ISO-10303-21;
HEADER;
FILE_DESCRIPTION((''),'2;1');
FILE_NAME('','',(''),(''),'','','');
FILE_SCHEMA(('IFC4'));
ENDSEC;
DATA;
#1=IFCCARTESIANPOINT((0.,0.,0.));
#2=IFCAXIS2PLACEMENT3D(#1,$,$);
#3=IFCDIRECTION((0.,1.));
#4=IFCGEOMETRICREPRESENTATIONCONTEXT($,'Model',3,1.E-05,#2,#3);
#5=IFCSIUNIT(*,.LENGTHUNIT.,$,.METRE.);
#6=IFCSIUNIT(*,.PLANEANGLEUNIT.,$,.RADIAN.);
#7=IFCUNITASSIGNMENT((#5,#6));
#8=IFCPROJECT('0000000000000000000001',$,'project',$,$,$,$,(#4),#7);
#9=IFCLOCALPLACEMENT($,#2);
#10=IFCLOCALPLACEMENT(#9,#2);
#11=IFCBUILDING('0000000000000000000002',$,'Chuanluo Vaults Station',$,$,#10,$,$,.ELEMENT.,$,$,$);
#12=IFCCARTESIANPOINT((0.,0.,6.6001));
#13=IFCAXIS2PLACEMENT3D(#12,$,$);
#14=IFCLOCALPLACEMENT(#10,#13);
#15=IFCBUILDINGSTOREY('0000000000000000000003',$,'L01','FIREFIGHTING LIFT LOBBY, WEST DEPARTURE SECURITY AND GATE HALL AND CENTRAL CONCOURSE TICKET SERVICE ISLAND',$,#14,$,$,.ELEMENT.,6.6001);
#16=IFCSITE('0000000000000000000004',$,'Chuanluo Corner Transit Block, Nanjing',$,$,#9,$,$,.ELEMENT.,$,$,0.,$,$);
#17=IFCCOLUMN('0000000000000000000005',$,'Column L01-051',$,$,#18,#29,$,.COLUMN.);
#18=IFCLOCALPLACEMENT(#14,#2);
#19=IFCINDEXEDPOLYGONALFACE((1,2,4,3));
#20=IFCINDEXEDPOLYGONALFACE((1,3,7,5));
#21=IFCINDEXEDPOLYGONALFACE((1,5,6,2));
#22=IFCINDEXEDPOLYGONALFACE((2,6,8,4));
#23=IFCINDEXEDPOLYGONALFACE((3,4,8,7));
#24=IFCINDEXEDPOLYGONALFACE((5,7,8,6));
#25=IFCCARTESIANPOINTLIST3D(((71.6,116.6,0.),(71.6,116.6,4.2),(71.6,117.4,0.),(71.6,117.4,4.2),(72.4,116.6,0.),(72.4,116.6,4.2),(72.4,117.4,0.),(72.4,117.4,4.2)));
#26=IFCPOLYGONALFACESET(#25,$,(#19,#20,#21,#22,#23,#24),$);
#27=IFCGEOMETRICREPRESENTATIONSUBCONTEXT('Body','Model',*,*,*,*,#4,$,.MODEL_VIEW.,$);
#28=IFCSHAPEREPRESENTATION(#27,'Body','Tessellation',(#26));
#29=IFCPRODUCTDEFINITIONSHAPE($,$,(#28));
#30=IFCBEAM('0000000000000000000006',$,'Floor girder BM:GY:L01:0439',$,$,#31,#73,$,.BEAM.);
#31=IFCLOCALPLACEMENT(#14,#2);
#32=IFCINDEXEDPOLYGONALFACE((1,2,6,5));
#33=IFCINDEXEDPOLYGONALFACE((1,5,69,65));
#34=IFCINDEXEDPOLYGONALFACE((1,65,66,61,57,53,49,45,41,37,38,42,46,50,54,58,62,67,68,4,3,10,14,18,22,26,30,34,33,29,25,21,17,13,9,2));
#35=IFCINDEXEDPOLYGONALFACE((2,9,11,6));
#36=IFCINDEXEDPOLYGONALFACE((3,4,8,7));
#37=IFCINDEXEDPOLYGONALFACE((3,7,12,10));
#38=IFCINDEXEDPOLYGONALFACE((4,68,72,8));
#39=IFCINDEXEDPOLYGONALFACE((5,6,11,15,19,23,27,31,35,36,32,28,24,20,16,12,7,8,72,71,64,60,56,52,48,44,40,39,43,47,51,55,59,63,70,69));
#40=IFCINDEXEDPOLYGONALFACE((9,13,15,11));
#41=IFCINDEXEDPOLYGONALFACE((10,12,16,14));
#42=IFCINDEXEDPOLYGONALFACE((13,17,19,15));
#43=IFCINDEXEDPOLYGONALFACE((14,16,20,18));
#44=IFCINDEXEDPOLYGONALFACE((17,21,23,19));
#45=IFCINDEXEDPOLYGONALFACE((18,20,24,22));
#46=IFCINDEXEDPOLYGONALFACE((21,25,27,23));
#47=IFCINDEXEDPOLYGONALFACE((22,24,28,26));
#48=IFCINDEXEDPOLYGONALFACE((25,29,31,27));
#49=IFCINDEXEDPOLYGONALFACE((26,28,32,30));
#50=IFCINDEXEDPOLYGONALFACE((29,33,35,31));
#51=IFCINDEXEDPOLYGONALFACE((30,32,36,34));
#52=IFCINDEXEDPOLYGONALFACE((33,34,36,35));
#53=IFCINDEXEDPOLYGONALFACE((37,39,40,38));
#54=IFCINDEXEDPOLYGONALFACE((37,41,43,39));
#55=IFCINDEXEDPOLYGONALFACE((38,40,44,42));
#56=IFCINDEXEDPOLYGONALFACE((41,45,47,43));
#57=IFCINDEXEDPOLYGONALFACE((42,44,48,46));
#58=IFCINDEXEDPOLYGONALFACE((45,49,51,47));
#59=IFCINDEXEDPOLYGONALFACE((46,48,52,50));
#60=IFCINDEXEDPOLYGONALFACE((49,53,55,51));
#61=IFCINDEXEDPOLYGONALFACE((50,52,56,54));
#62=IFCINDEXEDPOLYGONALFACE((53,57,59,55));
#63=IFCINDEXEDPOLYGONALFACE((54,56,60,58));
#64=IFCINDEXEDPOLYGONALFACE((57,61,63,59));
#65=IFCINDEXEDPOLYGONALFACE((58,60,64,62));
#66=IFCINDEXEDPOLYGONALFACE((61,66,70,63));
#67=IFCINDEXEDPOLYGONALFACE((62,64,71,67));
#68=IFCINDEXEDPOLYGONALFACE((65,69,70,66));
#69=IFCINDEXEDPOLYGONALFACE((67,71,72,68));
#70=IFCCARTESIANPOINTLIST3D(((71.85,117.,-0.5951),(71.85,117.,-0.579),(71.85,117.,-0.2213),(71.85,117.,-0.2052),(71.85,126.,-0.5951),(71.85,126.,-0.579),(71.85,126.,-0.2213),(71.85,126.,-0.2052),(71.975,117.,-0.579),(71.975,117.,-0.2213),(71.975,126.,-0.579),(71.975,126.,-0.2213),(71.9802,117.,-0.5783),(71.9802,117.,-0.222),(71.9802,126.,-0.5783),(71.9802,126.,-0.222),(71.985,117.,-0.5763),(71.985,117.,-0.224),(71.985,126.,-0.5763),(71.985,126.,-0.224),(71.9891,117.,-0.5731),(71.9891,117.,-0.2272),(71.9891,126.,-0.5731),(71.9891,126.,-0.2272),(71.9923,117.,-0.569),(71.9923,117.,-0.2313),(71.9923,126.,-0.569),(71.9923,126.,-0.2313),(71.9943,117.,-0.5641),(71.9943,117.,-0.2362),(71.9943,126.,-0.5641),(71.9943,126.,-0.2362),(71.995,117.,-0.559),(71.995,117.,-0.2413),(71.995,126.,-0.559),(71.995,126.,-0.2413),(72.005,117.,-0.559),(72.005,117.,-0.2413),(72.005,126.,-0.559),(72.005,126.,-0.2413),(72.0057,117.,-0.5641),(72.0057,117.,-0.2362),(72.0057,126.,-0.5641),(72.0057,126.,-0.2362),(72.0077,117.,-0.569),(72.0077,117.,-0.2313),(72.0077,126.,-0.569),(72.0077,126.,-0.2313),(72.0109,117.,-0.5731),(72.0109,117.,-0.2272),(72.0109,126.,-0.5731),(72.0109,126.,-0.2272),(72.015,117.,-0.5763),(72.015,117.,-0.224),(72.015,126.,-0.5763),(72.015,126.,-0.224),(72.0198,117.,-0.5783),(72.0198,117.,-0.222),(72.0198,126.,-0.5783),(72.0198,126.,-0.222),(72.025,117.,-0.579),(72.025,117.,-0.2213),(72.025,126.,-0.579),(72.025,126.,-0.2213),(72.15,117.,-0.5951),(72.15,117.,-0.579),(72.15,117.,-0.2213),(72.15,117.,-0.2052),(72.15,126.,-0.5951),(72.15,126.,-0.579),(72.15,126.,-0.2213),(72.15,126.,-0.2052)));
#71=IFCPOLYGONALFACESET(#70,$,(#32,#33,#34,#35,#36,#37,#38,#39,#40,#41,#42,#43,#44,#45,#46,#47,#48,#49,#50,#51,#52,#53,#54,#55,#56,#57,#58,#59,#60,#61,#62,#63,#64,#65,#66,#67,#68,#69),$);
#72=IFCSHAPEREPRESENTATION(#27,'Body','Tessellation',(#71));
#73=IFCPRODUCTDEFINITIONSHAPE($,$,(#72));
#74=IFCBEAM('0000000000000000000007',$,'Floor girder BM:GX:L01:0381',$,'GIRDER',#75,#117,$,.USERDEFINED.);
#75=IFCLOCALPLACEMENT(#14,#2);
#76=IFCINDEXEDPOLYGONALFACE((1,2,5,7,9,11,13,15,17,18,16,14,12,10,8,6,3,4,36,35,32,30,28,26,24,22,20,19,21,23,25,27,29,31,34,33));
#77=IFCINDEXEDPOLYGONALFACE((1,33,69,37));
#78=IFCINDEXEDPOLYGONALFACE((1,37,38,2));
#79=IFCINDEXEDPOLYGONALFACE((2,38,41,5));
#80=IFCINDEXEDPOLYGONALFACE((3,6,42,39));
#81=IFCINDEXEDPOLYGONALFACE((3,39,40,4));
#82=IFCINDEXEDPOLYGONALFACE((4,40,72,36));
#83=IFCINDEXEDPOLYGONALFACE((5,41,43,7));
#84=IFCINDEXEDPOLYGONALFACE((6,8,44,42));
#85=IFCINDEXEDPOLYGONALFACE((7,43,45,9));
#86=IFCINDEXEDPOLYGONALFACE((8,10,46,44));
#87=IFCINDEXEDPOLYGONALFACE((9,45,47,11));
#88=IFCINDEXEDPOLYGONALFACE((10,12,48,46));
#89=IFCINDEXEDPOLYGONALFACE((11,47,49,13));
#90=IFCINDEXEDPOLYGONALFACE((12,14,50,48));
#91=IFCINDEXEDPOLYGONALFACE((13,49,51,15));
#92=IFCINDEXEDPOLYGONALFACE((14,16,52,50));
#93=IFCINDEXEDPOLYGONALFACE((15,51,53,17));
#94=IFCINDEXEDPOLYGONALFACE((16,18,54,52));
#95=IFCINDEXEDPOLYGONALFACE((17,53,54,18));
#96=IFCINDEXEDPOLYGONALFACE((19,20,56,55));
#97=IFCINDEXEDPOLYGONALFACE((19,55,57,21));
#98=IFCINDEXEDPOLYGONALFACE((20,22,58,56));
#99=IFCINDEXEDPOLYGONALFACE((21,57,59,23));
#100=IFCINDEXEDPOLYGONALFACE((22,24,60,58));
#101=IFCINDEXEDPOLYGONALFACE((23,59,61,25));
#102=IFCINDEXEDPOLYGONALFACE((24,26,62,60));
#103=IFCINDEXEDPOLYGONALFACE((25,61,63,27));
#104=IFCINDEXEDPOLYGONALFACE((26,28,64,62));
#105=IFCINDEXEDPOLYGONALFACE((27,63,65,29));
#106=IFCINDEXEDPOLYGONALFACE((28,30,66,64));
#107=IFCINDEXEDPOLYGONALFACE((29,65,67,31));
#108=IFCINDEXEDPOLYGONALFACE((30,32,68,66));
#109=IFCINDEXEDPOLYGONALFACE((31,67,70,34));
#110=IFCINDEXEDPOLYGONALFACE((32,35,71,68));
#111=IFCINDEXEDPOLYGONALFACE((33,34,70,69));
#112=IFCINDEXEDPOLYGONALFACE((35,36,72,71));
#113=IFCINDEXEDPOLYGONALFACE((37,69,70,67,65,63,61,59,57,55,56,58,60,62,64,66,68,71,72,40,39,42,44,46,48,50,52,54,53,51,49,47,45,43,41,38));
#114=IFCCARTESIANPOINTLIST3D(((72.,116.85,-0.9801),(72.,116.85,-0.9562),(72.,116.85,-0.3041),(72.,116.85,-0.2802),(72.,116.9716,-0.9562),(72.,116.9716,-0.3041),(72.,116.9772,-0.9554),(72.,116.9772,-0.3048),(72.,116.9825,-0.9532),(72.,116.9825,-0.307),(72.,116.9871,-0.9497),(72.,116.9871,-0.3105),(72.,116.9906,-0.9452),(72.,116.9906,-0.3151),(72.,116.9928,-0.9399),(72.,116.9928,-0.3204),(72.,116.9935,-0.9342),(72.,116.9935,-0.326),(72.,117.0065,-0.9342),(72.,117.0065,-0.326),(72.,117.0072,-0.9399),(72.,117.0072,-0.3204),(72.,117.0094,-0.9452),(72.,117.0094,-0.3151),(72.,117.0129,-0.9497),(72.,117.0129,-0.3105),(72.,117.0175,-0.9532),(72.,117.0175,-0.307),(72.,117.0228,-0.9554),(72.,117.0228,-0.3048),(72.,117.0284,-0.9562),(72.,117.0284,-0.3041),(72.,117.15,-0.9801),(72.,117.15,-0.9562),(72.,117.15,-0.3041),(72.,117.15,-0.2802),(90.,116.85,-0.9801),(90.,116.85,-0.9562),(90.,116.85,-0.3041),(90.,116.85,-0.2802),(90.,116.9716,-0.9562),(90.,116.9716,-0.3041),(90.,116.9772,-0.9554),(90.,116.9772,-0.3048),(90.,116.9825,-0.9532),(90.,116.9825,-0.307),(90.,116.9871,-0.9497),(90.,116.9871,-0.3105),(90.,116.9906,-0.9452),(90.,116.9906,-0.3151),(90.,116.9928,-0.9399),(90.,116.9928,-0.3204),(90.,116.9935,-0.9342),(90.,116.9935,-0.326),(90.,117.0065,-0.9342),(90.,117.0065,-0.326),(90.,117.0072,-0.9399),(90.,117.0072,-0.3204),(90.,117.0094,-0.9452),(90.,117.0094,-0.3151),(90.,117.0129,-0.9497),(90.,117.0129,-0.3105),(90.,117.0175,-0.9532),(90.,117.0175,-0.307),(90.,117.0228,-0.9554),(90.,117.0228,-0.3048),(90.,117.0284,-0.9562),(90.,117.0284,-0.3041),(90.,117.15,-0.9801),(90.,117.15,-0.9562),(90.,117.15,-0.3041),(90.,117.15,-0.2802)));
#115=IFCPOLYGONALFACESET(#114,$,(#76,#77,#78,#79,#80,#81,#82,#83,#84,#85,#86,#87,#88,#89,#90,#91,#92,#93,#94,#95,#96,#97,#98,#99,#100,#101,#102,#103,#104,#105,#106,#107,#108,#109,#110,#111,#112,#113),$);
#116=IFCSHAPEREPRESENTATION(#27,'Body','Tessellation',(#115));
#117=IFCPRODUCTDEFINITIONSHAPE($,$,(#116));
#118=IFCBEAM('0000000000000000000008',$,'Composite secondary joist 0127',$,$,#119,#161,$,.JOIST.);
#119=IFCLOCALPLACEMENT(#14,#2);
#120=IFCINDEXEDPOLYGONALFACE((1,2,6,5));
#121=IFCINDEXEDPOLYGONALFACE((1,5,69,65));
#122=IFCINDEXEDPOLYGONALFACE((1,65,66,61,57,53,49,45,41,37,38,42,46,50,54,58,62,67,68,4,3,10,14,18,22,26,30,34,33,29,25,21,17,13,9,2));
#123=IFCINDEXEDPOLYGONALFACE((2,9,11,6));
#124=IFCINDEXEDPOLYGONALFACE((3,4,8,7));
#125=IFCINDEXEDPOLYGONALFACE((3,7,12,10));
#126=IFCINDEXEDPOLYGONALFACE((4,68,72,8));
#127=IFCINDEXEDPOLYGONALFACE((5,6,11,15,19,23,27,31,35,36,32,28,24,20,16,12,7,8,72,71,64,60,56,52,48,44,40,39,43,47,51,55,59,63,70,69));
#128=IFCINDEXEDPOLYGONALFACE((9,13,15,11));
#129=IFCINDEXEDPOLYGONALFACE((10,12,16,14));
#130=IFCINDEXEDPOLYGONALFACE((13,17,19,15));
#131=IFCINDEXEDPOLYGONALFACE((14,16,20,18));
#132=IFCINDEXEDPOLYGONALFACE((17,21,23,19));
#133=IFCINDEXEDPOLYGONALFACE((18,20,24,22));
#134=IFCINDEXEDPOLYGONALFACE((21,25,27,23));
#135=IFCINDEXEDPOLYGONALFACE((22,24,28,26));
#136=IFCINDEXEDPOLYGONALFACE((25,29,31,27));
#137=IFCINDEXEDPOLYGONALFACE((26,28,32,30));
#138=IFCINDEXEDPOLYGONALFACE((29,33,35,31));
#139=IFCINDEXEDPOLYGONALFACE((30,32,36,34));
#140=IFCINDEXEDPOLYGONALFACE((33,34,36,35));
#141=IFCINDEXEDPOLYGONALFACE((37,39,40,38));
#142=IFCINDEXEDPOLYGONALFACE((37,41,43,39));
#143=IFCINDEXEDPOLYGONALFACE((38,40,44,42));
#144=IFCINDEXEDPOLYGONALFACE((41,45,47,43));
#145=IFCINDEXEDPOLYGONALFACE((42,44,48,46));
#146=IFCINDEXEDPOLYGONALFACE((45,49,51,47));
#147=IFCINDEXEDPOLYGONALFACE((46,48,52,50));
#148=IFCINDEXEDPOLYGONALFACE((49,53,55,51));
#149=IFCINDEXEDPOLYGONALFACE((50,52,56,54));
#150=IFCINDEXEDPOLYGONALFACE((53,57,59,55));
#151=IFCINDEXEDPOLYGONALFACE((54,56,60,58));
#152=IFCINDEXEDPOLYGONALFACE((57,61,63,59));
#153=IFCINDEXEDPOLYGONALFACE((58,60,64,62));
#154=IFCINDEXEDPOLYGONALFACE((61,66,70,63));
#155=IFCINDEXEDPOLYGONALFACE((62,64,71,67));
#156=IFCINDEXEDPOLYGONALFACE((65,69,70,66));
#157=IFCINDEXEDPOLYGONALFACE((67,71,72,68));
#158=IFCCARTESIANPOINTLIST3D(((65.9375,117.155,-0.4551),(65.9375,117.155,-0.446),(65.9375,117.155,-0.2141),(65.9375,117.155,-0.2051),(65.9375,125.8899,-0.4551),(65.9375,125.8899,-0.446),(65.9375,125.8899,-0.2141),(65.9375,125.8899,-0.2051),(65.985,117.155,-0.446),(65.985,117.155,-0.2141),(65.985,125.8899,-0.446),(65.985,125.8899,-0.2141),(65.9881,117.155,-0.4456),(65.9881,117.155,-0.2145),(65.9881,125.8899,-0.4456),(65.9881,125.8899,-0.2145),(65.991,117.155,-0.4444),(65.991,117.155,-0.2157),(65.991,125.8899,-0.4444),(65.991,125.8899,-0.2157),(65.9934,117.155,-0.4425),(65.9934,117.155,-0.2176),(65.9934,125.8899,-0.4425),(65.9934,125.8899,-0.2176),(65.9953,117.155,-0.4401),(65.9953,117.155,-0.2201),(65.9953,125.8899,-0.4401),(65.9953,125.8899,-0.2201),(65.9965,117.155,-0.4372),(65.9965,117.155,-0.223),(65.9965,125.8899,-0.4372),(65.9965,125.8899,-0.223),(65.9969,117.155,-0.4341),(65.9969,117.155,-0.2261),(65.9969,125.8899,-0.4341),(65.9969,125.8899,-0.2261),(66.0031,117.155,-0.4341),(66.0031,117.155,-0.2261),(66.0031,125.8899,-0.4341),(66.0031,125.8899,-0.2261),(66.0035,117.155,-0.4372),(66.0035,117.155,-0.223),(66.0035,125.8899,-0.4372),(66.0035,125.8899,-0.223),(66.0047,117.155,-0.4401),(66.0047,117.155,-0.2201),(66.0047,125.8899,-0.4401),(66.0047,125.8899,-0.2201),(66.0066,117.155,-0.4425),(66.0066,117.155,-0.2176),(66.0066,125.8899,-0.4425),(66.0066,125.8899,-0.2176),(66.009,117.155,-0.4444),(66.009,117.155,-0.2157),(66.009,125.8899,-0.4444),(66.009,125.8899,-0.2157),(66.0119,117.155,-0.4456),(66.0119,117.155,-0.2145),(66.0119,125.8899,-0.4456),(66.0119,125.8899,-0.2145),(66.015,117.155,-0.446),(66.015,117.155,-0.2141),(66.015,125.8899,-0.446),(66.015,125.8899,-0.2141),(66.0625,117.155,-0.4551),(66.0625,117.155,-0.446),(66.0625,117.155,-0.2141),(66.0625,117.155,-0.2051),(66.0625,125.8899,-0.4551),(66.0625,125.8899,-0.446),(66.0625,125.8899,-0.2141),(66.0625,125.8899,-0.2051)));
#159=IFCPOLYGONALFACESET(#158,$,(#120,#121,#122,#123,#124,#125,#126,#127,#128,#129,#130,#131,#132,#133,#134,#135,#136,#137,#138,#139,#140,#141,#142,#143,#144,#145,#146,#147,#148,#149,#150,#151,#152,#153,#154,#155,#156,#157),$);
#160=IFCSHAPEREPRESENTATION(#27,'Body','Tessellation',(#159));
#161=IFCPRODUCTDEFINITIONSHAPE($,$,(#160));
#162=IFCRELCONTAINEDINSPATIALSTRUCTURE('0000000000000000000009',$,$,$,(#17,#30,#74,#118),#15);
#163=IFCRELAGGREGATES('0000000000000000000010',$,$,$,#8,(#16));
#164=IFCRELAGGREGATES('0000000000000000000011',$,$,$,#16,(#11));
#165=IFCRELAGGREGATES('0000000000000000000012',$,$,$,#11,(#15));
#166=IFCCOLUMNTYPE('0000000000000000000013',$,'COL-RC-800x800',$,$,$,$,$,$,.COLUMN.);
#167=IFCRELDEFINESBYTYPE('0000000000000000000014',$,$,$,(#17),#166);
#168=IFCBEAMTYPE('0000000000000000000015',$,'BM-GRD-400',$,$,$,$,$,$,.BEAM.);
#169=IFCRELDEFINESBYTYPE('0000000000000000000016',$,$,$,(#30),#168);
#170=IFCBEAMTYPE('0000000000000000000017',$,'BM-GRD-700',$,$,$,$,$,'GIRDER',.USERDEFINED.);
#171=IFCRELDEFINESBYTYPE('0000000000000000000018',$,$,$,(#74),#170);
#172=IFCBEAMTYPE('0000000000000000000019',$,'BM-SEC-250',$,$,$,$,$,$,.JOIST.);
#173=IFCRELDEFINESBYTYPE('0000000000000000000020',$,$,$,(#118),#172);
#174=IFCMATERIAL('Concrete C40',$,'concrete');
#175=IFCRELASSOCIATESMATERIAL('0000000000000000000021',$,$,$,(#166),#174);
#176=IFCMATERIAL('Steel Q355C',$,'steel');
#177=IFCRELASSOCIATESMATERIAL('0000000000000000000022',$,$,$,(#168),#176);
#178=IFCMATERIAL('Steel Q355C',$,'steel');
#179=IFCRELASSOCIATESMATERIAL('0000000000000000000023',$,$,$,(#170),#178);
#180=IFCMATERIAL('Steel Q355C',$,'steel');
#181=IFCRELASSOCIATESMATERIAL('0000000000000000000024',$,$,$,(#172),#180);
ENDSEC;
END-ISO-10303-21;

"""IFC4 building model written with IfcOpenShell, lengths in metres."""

from ifc_helpers import new_model, si_unit, direction, frame, origin, origin_2d, place, context, subcontext, project, spatial, rectangle, i_section, extrude, material, material_profile, profile_set, type_object, element, save


model = new_model("IFC4")

# Units and contexts
model_context = context("Model", 3, precision=1e-05, world=origin(), true_north=direction((0.0, 1.0)))
body_context = subcontext(model_context, "Body", "Model", "MODEL_VIEW")
ifc_project = project(units=[si_unit("LENGTHUNIT", "METRE"), si_unit("PLANEANGLEUNIT", "RADIAN")], contexts=[model_context])

# Site, building, storey
site_placement = place(None, origin())
site = spatial("IfcSite", under=ifc_project, at=site_placement, Name="Chuanluo Corner Transit Block, Nanjing", CompositionType="ELEMENT", RefElevation=0.0)
building_placement = place(site_placement, origin())
building = spatial("IfcBuilding", under=site, at=building_placement, Name="Chuanluo Vaults Station", CompositionType="ELEMENT")
storey_placement = place(building_placement, frame((0.0, 0.0, 6.6001)))
storey = spatial("IfcBuildingStorey", under=building, at=storey_placement, Name="L01", Description="FIREFIGHTING LIFT LOBBY, WEST DEPARTURE SECURITY AND GATE HALL AND CENTRAL CONCOURSE TICKET SERVICE ISLAND", CompositionType="ELEMENT", Elevation=6.6001)

# Column
ifc_material_1 = material(Name="Concrete C40", Category="concrete")
ifc_material_profile_1 = material_profile(ifc_material_1, rectangle(XDim=0.8, YDim=0.8, at=origin_2d()))
ifc_profile_set_1 = profile_set([ifc_material_profile_1], Name="Concrete C40")
column_type = type_object("IfcColumnType", Name="COL-RC-800x800", PredefinedType="COLUMN", material=ifc_profile_set_1)
column_placement = place(storey_placement, frame((72.0, 117.0, 0.0), z_axis=(0.0, 0.0, 1.0), x_axis=(1.0, 0.0, 0.0)))
element("IfcColumn", 1, at=column_placement, inside=storey, type_object=column_type, Name="Column L01-051", PredefinedType="COLUMN", context=body_context, shape_type="SweptSolid", body=[
    extrude(rectangle(XDim=0.8, YDim=0.8, at=origin_2d()), origin(), (0.0, 0.0, 1.0), 4.2),
])

# Beams
ifc_material_2 = material(Name="Steel Q355C", Category="steel")
ifc_material_profile_2 = material_profile(ifc_material_2, i_section(OverallWidth=0.3, OverallDepth=0.3899, WebThickness=0.01, FlangeThickness=0.0161, FilletRadius=0.02, at=origin_2d()))
ifc_profile_set_2 = profile_set([ifc_material_profile_2], Name="Steel Q355C")
beam_type_1 = type_object("IfcBeamType", Name="BM-GRD-400", PredefinedType="BEAM", material=ifc_profile_set_2)
beam_1_placement = place(storey_placement, frame((72.0, 117.0, -0.4001), z_axis=(0.0, 1.0, 0.0), x_axis=(-1.0, 0.0, 0.0)))
element("IfcBeam", 2, at=beam_1_placement, inside=storey, type_object=beam_type_1, Name="Floor girder BM:GY:L01:0439", PredefinedType="BEAM", context=body_context, shape_type="SweptSolid", body=[
    extrude(i_section(OverallWidth=0.3, OverallDepth=0.3899, WebThickness=0.01, FlangeThickness=0.0161, FilletRadius=0.02, at=origin_2d()), origin(), (0.0, 0.0, 1.0), 9.0),
])
ifc_material_3 = material(Name="Steel Q355C", Category="steel")
ifc_material_profile_3 = material_profile(ifc_material_3, i_section(OverallWidth=0.3, OverallDepth=0.7, WebThickness=0.0129, FlangeThickness=0.0239, FilletRadius=0.022, at=origin_2d()))
ifc_profile_set_3 = profile_set([ifc_material_profile_3], Name="Steel Q355C")
beam_type_2 = type_object("IfcBeamType", Name="BM-GRD-700", ElementType="GIRDER", PredefinedType="USERDEFINED", material=ifc_profile_set_3)
beam_2_placement = place(storey_placement, frame((72.0, 117.0, -0.6301), z_axis=(1.0, 0.0, 0.0), x_axis=(0.0, 1.0, 0.0)))
element("IfcBeam", 3, at=beam_2_placement, inside=storey, type_object=beam_type_2, Name="Floor girder BM:GX:L01:0381", ObjectType="GIRDER", PredefinedType="USERDEFINED", context=body_context, shape_type="SweptSolid", body=[
    extrude(i_section(OverallWidth=0.3, OverallDepth=0.7, WebThickness=0.0129, FlangeThickness=0.0239, FilletRadius=0.022, at=origin_2d()), origin(), (0.0, 0.0, 1.0), 18.0),
])
ifc_material_4 = material(Name="Steel Q355C", Category="steel")
ifc_material_profile_4 = material_profile(ifc_material_4, i_section(OverallWidth=0.125, OverallDepth=0.25, WebThickness=0.0061, FlangeThickness=0.009, FilletRadius=0.012, at=origin_2d()))
ifc_profile_set_4 = profile_set([ifc_material_profile_4], Name="Steel Q355C")
beam_type_3 = type_object("IfcBeamType", Name="BM-SEC-250", PredefinedType="JOIST", material=ifc_profile_set_4)
for number, where, z_axis, x_axis, name in (
    (4, (66.0, 117.155, -0.3301), (0.0, 1.0, 0.0), (-1.0, 0.0, 0.0), "Composite secondary joist 0127"),
):
    element("IfcBeam", number, at=place(storey_placement, frame(where, z_axis=z_axis, x_axis=x_axis)), inside=storey, type_object=beam_type_3, Name=name, PredefinedType="JOIST", context=body_context, shape_type="SweptSolid", body=[
        extrude(i_section(OverallWidth=0.125, OverallDepth=0.25, WebThickness=0.0061, FlangeThickness=0.009, FilletRadius=0.012, at=origin_2d()), origin(), (0.0, 0.0, 1.0), 8.7349),
    ])

save(model, "model.ifc")
